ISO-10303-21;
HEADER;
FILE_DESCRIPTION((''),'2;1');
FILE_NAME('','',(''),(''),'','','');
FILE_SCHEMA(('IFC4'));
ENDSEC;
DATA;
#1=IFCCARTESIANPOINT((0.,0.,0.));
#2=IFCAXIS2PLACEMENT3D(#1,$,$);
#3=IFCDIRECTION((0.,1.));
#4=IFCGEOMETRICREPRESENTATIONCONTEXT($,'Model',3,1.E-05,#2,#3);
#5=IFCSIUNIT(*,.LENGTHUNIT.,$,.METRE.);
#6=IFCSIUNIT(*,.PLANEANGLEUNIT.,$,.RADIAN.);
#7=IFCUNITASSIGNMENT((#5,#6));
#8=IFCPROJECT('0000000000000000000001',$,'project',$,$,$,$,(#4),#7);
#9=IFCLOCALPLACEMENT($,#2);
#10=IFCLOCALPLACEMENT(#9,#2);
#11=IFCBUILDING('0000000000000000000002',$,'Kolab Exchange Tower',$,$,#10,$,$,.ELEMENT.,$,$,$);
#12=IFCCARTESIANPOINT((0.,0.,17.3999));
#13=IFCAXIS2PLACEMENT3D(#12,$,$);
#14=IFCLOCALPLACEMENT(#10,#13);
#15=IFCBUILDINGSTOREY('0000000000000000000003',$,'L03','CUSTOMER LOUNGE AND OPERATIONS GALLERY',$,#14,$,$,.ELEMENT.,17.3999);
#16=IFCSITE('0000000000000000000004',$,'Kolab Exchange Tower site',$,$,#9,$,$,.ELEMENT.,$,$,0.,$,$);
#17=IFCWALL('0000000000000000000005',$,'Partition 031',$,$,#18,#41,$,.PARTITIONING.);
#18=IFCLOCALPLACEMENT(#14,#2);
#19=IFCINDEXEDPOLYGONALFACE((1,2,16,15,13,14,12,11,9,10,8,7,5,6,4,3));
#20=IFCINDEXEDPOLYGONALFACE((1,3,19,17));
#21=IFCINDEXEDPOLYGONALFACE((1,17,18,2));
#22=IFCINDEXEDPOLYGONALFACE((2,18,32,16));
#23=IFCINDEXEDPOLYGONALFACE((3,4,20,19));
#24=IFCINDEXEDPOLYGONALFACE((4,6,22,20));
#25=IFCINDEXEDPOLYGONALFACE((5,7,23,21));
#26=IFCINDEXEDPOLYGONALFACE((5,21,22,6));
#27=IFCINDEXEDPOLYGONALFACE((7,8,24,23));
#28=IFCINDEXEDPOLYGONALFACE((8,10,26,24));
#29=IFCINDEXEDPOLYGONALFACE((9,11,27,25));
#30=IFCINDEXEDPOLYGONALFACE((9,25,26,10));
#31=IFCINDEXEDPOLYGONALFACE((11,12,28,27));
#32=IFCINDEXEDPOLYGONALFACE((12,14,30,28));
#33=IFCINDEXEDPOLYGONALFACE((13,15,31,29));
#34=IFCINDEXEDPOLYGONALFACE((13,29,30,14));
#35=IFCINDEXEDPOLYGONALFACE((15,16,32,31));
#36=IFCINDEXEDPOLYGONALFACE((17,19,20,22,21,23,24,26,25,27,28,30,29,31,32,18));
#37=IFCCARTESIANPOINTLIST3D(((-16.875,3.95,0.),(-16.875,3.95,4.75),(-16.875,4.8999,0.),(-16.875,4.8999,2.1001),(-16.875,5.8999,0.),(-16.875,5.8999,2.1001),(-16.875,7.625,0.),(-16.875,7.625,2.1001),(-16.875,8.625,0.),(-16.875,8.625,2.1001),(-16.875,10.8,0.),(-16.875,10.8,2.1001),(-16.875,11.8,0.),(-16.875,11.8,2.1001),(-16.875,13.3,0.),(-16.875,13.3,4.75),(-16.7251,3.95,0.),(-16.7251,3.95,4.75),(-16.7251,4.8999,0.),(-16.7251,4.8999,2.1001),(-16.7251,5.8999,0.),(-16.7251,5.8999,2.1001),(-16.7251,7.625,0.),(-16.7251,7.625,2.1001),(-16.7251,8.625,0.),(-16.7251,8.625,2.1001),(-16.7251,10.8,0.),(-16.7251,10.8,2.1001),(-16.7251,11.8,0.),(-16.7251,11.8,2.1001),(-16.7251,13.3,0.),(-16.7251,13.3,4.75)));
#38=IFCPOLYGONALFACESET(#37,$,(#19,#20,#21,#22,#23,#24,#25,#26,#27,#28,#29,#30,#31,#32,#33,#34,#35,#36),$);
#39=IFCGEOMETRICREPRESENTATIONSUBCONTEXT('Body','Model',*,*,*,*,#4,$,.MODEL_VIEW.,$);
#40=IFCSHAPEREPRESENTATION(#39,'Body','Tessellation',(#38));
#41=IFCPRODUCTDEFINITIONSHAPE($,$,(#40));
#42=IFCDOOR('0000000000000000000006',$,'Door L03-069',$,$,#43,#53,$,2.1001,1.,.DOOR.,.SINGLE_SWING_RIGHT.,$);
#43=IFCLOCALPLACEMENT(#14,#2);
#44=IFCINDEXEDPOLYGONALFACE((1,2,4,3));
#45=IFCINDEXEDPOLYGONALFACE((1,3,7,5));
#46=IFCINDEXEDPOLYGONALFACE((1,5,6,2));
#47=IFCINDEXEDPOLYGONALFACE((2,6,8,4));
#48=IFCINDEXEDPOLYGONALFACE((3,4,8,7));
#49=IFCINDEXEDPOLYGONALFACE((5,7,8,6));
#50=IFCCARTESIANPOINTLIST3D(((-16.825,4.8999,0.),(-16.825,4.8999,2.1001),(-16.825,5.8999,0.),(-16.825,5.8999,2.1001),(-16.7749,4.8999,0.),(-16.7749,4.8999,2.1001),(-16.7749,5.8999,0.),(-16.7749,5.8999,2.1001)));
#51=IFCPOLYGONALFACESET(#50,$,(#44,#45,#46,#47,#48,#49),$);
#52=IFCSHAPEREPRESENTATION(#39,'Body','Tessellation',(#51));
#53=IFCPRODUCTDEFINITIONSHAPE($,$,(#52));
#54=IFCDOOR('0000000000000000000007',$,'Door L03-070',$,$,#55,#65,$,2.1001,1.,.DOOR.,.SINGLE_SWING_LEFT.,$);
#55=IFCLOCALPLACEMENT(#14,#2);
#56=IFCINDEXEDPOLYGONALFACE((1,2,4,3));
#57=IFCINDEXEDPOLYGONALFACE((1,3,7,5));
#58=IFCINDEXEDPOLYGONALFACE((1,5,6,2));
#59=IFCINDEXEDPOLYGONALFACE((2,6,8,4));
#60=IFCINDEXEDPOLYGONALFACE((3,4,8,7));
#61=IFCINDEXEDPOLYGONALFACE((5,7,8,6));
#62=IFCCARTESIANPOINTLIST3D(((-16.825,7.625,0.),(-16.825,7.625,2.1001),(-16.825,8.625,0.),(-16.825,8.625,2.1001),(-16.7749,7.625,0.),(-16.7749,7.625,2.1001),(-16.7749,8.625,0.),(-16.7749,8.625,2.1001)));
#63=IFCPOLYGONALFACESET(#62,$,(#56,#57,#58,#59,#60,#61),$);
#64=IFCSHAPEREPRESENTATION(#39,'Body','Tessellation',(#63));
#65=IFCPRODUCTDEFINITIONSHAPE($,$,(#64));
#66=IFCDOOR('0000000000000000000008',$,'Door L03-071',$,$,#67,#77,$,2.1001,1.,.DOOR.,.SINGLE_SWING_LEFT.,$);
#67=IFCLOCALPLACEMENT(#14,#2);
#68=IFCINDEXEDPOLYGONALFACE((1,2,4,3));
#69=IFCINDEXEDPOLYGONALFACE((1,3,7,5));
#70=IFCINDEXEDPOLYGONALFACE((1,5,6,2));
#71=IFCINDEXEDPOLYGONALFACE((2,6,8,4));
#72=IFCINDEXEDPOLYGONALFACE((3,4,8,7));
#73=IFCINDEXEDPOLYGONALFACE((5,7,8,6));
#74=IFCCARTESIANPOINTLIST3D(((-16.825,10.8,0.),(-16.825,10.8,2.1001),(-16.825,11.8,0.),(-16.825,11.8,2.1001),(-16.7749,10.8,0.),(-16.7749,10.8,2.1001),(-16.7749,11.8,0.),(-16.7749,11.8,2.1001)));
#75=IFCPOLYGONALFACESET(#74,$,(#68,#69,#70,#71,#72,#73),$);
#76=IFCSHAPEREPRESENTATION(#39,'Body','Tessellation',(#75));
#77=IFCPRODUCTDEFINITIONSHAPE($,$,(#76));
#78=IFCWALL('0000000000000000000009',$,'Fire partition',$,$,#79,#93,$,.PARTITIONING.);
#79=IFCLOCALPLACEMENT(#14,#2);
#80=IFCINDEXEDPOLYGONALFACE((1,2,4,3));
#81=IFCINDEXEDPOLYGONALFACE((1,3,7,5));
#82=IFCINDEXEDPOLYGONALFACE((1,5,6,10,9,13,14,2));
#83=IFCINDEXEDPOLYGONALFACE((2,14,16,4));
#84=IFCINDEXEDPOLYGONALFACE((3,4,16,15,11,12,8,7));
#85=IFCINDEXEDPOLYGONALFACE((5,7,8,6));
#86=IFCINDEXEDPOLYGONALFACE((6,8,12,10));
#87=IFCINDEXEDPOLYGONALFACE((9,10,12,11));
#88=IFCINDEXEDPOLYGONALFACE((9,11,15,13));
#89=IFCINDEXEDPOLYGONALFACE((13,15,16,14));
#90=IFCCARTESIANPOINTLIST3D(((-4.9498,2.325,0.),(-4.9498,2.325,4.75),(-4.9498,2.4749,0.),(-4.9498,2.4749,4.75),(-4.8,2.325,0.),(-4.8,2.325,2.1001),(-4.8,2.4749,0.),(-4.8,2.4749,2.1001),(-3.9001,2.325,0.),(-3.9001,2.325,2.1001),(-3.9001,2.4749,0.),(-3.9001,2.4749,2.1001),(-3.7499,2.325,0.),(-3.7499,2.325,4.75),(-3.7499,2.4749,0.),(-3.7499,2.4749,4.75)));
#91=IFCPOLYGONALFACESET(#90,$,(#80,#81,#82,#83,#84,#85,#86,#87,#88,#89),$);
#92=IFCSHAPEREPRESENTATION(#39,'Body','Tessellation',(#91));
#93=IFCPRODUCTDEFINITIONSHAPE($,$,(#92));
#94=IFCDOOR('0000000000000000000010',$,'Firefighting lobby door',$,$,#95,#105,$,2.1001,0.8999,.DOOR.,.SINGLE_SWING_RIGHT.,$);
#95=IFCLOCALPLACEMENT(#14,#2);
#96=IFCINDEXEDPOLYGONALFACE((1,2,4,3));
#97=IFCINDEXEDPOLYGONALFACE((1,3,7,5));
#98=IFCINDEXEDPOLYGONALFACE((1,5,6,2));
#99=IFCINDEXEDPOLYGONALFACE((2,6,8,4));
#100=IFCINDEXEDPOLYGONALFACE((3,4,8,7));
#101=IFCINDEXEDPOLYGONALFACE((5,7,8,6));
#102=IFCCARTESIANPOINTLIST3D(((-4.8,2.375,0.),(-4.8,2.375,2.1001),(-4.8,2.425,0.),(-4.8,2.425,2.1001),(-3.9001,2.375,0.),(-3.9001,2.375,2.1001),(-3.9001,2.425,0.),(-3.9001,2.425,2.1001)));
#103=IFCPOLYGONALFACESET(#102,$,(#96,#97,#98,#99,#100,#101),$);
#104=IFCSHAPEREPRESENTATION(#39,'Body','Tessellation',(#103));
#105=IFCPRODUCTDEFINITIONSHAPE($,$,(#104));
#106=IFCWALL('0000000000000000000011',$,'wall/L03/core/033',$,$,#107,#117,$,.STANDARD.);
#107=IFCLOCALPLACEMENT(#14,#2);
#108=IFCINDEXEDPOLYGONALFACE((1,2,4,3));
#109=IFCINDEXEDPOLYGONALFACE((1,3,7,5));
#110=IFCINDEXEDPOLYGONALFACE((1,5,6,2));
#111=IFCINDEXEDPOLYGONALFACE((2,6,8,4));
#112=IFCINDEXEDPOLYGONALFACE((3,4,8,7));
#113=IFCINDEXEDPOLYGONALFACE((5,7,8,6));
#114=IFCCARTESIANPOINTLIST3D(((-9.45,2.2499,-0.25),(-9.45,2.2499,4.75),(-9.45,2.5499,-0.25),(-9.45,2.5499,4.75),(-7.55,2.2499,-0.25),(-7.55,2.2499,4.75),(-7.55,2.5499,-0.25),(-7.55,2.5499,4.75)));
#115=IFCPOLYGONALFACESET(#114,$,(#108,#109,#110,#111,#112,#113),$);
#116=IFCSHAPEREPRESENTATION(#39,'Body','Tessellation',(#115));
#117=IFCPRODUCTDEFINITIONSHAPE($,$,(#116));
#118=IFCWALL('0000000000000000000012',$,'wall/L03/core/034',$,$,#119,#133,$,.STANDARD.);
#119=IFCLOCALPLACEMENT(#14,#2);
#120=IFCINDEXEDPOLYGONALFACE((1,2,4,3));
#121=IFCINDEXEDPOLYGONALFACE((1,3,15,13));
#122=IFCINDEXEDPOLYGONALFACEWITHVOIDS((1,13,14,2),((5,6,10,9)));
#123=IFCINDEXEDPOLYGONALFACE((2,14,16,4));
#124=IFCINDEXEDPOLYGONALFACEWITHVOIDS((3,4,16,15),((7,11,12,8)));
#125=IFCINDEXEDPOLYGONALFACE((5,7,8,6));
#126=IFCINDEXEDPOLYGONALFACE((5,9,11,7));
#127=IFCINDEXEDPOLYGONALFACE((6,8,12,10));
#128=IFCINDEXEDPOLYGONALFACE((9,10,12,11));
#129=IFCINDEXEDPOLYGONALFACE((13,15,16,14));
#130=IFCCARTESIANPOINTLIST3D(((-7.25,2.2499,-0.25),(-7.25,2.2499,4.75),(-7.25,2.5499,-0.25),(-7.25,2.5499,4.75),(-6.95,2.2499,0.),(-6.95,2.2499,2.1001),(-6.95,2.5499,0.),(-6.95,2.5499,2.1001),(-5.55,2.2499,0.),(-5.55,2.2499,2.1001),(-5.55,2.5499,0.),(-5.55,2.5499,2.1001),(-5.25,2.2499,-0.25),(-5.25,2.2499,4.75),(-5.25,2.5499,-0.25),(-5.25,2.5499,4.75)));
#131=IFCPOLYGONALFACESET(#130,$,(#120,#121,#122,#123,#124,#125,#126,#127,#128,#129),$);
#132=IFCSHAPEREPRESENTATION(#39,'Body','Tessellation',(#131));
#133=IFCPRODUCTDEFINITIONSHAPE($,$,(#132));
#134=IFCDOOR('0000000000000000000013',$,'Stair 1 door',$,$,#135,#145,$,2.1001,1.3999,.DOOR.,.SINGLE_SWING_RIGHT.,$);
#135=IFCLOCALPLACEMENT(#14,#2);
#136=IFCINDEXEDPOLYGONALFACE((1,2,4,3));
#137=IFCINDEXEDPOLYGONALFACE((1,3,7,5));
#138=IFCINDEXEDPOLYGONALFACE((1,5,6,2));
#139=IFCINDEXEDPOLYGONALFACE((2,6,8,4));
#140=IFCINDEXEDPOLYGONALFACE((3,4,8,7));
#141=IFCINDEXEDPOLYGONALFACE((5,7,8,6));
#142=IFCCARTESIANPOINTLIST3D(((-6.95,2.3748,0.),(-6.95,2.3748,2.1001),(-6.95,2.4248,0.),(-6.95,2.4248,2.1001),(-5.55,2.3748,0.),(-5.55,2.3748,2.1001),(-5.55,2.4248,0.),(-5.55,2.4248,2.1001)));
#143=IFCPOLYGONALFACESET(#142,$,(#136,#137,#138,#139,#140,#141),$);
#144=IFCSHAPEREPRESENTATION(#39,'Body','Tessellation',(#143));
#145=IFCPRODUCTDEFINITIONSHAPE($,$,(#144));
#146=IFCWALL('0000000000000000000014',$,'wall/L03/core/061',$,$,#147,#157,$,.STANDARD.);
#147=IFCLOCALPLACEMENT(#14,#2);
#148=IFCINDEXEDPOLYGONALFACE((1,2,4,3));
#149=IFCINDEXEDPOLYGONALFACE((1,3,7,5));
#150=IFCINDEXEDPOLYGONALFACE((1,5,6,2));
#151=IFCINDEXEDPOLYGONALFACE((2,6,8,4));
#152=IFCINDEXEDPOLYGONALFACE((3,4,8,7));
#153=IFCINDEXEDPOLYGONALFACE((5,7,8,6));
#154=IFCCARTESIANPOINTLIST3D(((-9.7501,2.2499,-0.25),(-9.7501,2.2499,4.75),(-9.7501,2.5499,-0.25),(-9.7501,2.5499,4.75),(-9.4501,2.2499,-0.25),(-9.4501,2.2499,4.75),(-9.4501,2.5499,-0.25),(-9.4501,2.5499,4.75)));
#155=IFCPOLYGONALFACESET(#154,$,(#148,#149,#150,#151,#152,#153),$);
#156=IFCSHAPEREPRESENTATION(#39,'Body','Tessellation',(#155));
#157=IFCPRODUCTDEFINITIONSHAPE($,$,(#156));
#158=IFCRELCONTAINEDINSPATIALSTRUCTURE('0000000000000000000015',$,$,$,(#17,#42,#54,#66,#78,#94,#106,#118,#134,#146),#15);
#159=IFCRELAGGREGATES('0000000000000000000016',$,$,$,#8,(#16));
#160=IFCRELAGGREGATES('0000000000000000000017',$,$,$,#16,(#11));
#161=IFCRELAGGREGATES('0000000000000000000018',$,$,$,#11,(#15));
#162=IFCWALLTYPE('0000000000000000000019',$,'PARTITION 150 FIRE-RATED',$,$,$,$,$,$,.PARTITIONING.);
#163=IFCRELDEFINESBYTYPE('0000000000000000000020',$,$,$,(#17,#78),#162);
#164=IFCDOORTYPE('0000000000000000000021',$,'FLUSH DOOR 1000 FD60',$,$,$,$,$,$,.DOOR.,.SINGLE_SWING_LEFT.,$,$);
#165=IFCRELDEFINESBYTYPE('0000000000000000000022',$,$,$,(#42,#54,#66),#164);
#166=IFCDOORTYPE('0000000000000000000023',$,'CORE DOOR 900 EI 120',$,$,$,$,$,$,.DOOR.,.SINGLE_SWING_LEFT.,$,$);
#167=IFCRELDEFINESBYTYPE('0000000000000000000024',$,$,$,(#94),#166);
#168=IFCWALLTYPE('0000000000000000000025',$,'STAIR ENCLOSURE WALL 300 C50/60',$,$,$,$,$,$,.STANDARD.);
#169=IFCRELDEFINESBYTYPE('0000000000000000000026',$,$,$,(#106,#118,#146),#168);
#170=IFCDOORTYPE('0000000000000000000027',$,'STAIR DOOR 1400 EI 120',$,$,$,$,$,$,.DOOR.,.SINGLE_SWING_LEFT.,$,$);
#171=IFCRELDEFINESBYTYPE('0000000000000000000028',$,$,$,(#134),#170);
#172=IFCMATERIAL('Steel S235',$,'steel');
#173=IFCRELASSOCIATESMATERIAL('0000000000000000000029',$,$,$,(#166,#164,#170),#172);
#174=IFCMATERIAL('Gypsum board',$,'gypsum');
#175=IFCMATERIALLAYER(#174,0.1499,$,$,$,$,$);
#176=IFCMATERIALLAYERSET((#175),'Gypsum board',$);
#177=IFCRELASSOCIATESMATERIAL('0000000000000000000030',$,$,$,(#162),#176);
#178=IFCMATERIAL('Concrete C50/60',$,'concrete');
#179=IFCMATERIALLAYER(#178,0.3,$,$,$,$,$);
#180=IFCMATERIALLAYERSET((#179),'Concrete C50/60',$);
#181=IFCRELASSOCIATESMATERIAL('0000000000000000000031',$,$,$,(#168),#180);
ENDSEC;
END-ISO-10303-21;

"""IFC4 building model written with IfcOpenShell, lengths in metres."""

from ifc_helpers import new_model, si_unit, direction, frame, frame_2d, origin, place, context, subcontext, project, spatial, rectangle, extrude, material, layer, layer_set, type_object, element, fill, save


model = new_model("IFC4")

# Units and contexts
model_context = context("Model", 3, precision=1e-05, world=origin(), true_north=direction((0.0, 1.0)))
body_context = subcontext(model_context, "Body", "Model", "MODEL_VIEW")
ifc_project = project(units=[si_unit("LENGTHUNIT", "METRE"), si_unit("PLANEANGLEUNIT", "RADIAN")], contexts=[model_context])

# Site, building, storey
site_placement = place(None, origin())
site = spatial("IfcSite", under=ifc_project, at=site_placement, Name="Kolab Exchange Tower site", CompositionType="ELEMENT", RefElevation=0.0)
building_placement = place(site_placement, origin())
building = spatial("IfcBuilding", under=site, at=building_placement, Name="Kolab Exchange Tower", CompositionType="ELEMENT")
storey_placement = place(building_placement, frame((0.0, 0.0, 17.3999)))
storey = spatial("IfcBuildingStorey", under=building, at=storey_placement, Name="L03", Description="CUSTOMER LOUNGE AND OPERATIONS GALLERY", CompositionType="ELEMENT", Elevation=17.3999)

# Shared definitions
ifc_material_1 = material(Name="Steel S235", Category="steel")
door_type_1 = type_object("IfcDoorType", Name="CORE DOOR 900 EI 120", OperationType="SINGLE_SWING_LEFT", PredefinedType="DOOR", material=ifc_material_1)

# Shared definitions
ifc_material_2 = material(Name="Concrete C50/60", Category="concrete")
ifc_material_3 = material(Name="Gypsum board", Category="gypsum")

# Wall, openings, doors
ifc_layer_1 = layer(ifc_material_3, 0.1499)
ifc_layer_set_1 = layer_set([ifc_layer_1], Name="Gypsum board")
wall_type_1 = type_object("IfcWallType", Name="PARTITION 150 FIRE-RATED", PredefinedType="PARTITIONING", material=ifc_layer_set_1)
wall_1_placement = place(storey_placement, frame((-16.8, 3.95, 0.0), z_axis=(0.0, 0.0, 1.0), x_axis=(0.0, 1.0, 0.0)))
wall_1 = element("IfcWall", 1, at=wall_1_placement, inside=storey, type_object=wall_type_1, Name="Partition 031", PredefinedType="PARTITIONING", context=body_context, shape_type="SweptSolid", body=[
    extrude(rectangle(XDim=9.3501, YDim=0.1499, at=frame_2d((4.675, 0.0))), origin(), (0.0, 0.0, 1.0), 4.75),
])
opening_1_placement = place(wall_1_placement, frame((0.95, 0.0, 0.0)))
opening_1 = element("IfcOpeningElement", 2, at=opening_1_placement, cuts=wall_1, PredefinedType="OPENING", context=body_context, shape_type="SweptSolid", body=[
    extrude(rectangle(XDim=1.0, YDim=2.1001, at=frame_2d((0.5, 1.05))), frame((0.0, 0.085, 0.0), z_axis=(0.0, -1.0, 0.0), x_axis=(1.0, 0.0, 0.0)), (0.0, 0.0, 1.0), 0.1699),
])
opening_2_placement = place(wall_1_placement, frame((3.675, 0.0, 0.0)))
opening_2 = element("IfcOpeningElement", 3, at=opening_2_placement, cuts=wall_1, PredefinedType="OPENING", context=body_context, shape_type="SweptSolid", body=[
    extrude(rectangle(XDim=1.0, YDim=2.1001, at=frame_2d((0.5, 1.05))), frame((0.0, 0.085, 0.0), z_axis=(0.0, -1.0, 0.0), x_axis=(1.0, 0.0, 0.0)), (0.0, 0.0, 1.0), 0.1699),
])
opening_3_placement = place(wall_1_placement, frame((6.8501, 0.0, 0.0)))
opening_3 = element("IfcOpeningElement", 4, at=opening_3_placement, cuts=wall_1, PredefinedType="OPENING", context=body_context, shape_type="SweptSolid", body=[
    extrude(rectangle(XDim=1.0, YDim=2.1001, at=frame_2d((0.5, 1.05))), frame((0.0, 0.085, 0.0), z_axis=(0.0, -1.0, 0.0), x_axis=(1.0, 0.0, 0.0)), (0.0, 0.0, 1.0), 0.1699),
])
door_type_2 = type_object("IfcDoorType", Name="FLUSH DOOR 1000 FD60", OperationType="SINGLE_SWING_LEFT", PredefinedType="DOOR", material=ifc_material_1)
door_1_placement = place(opening_1_placement, origin())
door_1 = element("IfcDoor", 5, at=door_1_placement, inside=storey, type_object=door_type_2, Name="Door L03-069", OperationType="SINGLE_SWING_RIGHT", OverallHeight=2.1001, OverallWidth=1.0, PredefinedType="DOOR", context=body_context, shape_type="SweptSolid", body=[
    extrude(rectangle(XDim=1.0, YDim=2.1001, at=frame_2d((0.5, 1.05))), frame((0.0, 0.0249, 0.0), z_axis=(0.0, -1.0, 0.0), x_axis=(1.0, 0.0, 0.0)), (0.0, 0.0, 1.0), 0.05),
])
fill(opening_1, door_1)
door_2_placement = place(opening_2_placement, origin())
door_2 = element("IfcDoor", 6, at=door_2_placement, inside=storey, type_object=door_type_2, Name="Door L03-070", OperationType="SINGLE_SWING_LEFT", OverallHeight=2.1001, OverallWidth=1.0, PredefinedType="DOOR", context=body_context, shape_type="SweptSolid", body=[
    extrude(rectangle(XDim=1.0, YDim=2.1001, at=frame_2d((0.5, 1.05))), frame((0.0, 0.0249, 0.0), z_axis=(0.0, -1.0, 0.0), x_axis=(1.0, 0.0, 0.0)), (0.0, 0.0, 1.0), 0.05),
])
fill(opening_2, door_2)
door_3_placement = place(opening_3_placement, origin())
door_3 = element("IfcDoor", 7, at=door_3_placement, inside=storey, type_object=door_type_2, Name="Door L03-071", OperationType="SINGLE_SWING_LEFT", OverallHeight=2.1001, OverallWidth=1.0, PredefinedType="DOOR", context=body_context, shape_type="SweptSolid", body=[
    extrude(rectangle(XDim=1.0, YDim=2.1001, at=frame_2d((0.5, 1.05))), frame((0.0, 0.0249, 0.0), z_axis=(0.0, -1.0, 0.0), x_axis=(1.0, 0.0, 0.0)), (0.0, 0.0, 1.0), 0.05),
])
fill(opening_3, door_3)

# Wall, opening, door
wall_2_placement = place(storey_placement, frame((-4.95, 2.3999, 0.0), z_axis=(0.0, 0.0, 1.0), x_axis=(1.0, 0.0, 0.0)))
wall_2 = element("IfcWall", 8, at=wall_2_placement, inside=storey, type_object=wall_type_1, Name="Fire partition", PredefinedType="PARTITIONING", context=body_context, shape_type="SweptSolid", body=[
    extrude(rectangle(XDim=1.2, YDim=0.1499, at=frame_2d((0.6001, 0.0))), origin(), (0.0, 0.0, 1.0), 4.75),
])
opening_4_placement = place(wall_2_placement, frame((0.1499, 0.0, 0.0)))
opening_4 = element("IfcOpeningElement", 9, at=opening_4_placement, cuts=wall_2, PredefinedType="OPENING", context=body_context, shape_type="SweptSolid", body=[
    extrude(rectangle(XDim=0.8999, YDim=2.1001, at=frame_2d((0.45, 1.05))), frame((0.0, 0.085, 0.0), z_axis=(0.0, -1.0, 0.0), x_axis=(1.0, 0.0, 0.0)), (0.0, 0.0, 1.0), 0.1699),
])
door_4_placement = place(opening_4_placement, frame((0.8999, 0.0, 0.0), z_axis=(0.0, 0.0, 1.0), x_axis=(-1.0, 0.0, 0.0)))
door_4 = element("IfcDoor", 10, at=door_4_placement, inside=storey, type_object=door_type_1, Name="Firefighting lobby door", OperationType="SINGLE_SWING_RIGHT", OverallHeight=2.1001, OverallWidth=0.8999, PredefinedType="DOOR", context=body_context, shape_type="SweptSolid", body=[
    extrude(rectangle(XDim=0.8999, YDim=2.1001, at=frame_2d((0.45, 1.05))), frame((0.0, 0.0249, 0.0), z_axis=(0.0, -1.0, 0.0), x_axis=(1.0, 0.0, 0.0)), (0.0, 0.0, 1.0), 0.05),
])
fill(opening_4, door_4)

# Wall
ifc_layer_2 = layer(ifc_material_2, 0.3)
ifc_layer_set_2 = layer_set([ifc_layer_2], Name="Concrete C50/60")
wall_type_2 = type_object("IfcWallType", Name="STAIR ENCLOSURE WALL 300 C50/60", PredefinedType="STANDARD", material=ifc_layer_set_2)
wall_3_placement = place(storey_placement, frame((-9.45, 2.3999, -0.25), z_axis=(0.0, 0.0, 1.0), x_axis=(1.0, 0.0, 0.0)))
element("IfcWall", 11, at=wall_3_placement, inside=storey, type_object=wall_type_2, Name="wall/L03/core/033", PredefinedType="STANDARD", context=body_context, shape_type="SweptSolid", body=[
    extrude(rectangle(XDim=1.8999, YDim=0.3, at=frame_2d((0.95, 0.0))), origin(), (0.0, 0.0, 1.0), 5.0),
])

# Wall, opening, door
wall_4_placement = place(storey_placement, frame((-7.25, 2.3999, -0.25), z_axis=(0.0, 0.0, 1.0), x_axis=(1.0, 0.0, 0.0)))
wall_4 = element("IfcWall", 12, at=wall_4_placement, inside=storey, type_object=wall_type_2, Name="wall/L03/core/034", PredefinedType="STANDARD", context=body_context, shape_type="SweptSolid", body=[
    extrude(rectangle(XDim=2.0, YDim=0.3, at=frame_2d((1.0, 0.0))), origin(), (0.0, 0.0, 1.0), 5.0),
])
opening_5_placement = place(wall_4_placement, frame((0.3, 0.0, 0.25)))
opening_5 = element("IfcOpeningElement", 13, at=opening_5_placement, cuts=wall_4, PredefinedType="OPENING", context=body_context, shape_type="SweptSolid", body=[
    extrude(rectangle(XDim=1.3999, YDim=2.1001, at=frame_2d((0.7, 1.05))), frame((0.0, 0.1602, 0.0), z_axis=(0.0, -1.0, 0.0), x_axis=(1.0, 0.0, 0.0)), (0.0, 0.0, 1.0), 0.3201),
])
door_type_3 = type_object("IfcDoorType", Name="STAIR DOOR 1400 EI 120", OperationType="SINGLE_SWING_LEFT", PredefinedType="DOOR", material=ifc_material_1)
door_5_placement = place(opening_5_placement, origin())
door_5 = element("IfcDoor", 14, at=door_5_placement, inside=storey, type_object=door_type_3, Name="Stair 1 door", OperationType="SINGLE_SWING_RIGHT", OverallHeight=2.1001, OverallWidth=1.3999, PredefinedType="DOOR", context=body_context, shape_type="SweptSolid", body=[
    extrude(rectangle(XDim=1.3999, YDim=2.1001, at=frame_2d((0.7, 1.05))), frame((0.0, 0.0249, 0.0), z_axis=(0.0, -1.0, 0.0), x_axis=(1.0, 0.0, 0.0)), (0.0, 0.0, 1.0), 0.05),
])
fill(opening_5, door_5)

# Wall
wall_5_placement = place(storey_placement, frame((-9.6001, 2.25, -0.25), z_axis=(0.0, 0.0, 1.0), x_axis=(0.0, 1.0, 0.0)))
element("IfcWall", 15, at=wall_5_placement, inside=storey, type_object=wall_type_2, Name="wall/L03/core/061", PredefinedType="STANDARD", context=body_context, shape_type="SweptSolid", body=[
    extrude(rectangle(XDim=0.3, YDim=0.3, at=frame_2d((0.1499, 0.0))), origin(), (0.0, 0.0, 1.0), 5.0),
])

save(model, "model.ifc")
